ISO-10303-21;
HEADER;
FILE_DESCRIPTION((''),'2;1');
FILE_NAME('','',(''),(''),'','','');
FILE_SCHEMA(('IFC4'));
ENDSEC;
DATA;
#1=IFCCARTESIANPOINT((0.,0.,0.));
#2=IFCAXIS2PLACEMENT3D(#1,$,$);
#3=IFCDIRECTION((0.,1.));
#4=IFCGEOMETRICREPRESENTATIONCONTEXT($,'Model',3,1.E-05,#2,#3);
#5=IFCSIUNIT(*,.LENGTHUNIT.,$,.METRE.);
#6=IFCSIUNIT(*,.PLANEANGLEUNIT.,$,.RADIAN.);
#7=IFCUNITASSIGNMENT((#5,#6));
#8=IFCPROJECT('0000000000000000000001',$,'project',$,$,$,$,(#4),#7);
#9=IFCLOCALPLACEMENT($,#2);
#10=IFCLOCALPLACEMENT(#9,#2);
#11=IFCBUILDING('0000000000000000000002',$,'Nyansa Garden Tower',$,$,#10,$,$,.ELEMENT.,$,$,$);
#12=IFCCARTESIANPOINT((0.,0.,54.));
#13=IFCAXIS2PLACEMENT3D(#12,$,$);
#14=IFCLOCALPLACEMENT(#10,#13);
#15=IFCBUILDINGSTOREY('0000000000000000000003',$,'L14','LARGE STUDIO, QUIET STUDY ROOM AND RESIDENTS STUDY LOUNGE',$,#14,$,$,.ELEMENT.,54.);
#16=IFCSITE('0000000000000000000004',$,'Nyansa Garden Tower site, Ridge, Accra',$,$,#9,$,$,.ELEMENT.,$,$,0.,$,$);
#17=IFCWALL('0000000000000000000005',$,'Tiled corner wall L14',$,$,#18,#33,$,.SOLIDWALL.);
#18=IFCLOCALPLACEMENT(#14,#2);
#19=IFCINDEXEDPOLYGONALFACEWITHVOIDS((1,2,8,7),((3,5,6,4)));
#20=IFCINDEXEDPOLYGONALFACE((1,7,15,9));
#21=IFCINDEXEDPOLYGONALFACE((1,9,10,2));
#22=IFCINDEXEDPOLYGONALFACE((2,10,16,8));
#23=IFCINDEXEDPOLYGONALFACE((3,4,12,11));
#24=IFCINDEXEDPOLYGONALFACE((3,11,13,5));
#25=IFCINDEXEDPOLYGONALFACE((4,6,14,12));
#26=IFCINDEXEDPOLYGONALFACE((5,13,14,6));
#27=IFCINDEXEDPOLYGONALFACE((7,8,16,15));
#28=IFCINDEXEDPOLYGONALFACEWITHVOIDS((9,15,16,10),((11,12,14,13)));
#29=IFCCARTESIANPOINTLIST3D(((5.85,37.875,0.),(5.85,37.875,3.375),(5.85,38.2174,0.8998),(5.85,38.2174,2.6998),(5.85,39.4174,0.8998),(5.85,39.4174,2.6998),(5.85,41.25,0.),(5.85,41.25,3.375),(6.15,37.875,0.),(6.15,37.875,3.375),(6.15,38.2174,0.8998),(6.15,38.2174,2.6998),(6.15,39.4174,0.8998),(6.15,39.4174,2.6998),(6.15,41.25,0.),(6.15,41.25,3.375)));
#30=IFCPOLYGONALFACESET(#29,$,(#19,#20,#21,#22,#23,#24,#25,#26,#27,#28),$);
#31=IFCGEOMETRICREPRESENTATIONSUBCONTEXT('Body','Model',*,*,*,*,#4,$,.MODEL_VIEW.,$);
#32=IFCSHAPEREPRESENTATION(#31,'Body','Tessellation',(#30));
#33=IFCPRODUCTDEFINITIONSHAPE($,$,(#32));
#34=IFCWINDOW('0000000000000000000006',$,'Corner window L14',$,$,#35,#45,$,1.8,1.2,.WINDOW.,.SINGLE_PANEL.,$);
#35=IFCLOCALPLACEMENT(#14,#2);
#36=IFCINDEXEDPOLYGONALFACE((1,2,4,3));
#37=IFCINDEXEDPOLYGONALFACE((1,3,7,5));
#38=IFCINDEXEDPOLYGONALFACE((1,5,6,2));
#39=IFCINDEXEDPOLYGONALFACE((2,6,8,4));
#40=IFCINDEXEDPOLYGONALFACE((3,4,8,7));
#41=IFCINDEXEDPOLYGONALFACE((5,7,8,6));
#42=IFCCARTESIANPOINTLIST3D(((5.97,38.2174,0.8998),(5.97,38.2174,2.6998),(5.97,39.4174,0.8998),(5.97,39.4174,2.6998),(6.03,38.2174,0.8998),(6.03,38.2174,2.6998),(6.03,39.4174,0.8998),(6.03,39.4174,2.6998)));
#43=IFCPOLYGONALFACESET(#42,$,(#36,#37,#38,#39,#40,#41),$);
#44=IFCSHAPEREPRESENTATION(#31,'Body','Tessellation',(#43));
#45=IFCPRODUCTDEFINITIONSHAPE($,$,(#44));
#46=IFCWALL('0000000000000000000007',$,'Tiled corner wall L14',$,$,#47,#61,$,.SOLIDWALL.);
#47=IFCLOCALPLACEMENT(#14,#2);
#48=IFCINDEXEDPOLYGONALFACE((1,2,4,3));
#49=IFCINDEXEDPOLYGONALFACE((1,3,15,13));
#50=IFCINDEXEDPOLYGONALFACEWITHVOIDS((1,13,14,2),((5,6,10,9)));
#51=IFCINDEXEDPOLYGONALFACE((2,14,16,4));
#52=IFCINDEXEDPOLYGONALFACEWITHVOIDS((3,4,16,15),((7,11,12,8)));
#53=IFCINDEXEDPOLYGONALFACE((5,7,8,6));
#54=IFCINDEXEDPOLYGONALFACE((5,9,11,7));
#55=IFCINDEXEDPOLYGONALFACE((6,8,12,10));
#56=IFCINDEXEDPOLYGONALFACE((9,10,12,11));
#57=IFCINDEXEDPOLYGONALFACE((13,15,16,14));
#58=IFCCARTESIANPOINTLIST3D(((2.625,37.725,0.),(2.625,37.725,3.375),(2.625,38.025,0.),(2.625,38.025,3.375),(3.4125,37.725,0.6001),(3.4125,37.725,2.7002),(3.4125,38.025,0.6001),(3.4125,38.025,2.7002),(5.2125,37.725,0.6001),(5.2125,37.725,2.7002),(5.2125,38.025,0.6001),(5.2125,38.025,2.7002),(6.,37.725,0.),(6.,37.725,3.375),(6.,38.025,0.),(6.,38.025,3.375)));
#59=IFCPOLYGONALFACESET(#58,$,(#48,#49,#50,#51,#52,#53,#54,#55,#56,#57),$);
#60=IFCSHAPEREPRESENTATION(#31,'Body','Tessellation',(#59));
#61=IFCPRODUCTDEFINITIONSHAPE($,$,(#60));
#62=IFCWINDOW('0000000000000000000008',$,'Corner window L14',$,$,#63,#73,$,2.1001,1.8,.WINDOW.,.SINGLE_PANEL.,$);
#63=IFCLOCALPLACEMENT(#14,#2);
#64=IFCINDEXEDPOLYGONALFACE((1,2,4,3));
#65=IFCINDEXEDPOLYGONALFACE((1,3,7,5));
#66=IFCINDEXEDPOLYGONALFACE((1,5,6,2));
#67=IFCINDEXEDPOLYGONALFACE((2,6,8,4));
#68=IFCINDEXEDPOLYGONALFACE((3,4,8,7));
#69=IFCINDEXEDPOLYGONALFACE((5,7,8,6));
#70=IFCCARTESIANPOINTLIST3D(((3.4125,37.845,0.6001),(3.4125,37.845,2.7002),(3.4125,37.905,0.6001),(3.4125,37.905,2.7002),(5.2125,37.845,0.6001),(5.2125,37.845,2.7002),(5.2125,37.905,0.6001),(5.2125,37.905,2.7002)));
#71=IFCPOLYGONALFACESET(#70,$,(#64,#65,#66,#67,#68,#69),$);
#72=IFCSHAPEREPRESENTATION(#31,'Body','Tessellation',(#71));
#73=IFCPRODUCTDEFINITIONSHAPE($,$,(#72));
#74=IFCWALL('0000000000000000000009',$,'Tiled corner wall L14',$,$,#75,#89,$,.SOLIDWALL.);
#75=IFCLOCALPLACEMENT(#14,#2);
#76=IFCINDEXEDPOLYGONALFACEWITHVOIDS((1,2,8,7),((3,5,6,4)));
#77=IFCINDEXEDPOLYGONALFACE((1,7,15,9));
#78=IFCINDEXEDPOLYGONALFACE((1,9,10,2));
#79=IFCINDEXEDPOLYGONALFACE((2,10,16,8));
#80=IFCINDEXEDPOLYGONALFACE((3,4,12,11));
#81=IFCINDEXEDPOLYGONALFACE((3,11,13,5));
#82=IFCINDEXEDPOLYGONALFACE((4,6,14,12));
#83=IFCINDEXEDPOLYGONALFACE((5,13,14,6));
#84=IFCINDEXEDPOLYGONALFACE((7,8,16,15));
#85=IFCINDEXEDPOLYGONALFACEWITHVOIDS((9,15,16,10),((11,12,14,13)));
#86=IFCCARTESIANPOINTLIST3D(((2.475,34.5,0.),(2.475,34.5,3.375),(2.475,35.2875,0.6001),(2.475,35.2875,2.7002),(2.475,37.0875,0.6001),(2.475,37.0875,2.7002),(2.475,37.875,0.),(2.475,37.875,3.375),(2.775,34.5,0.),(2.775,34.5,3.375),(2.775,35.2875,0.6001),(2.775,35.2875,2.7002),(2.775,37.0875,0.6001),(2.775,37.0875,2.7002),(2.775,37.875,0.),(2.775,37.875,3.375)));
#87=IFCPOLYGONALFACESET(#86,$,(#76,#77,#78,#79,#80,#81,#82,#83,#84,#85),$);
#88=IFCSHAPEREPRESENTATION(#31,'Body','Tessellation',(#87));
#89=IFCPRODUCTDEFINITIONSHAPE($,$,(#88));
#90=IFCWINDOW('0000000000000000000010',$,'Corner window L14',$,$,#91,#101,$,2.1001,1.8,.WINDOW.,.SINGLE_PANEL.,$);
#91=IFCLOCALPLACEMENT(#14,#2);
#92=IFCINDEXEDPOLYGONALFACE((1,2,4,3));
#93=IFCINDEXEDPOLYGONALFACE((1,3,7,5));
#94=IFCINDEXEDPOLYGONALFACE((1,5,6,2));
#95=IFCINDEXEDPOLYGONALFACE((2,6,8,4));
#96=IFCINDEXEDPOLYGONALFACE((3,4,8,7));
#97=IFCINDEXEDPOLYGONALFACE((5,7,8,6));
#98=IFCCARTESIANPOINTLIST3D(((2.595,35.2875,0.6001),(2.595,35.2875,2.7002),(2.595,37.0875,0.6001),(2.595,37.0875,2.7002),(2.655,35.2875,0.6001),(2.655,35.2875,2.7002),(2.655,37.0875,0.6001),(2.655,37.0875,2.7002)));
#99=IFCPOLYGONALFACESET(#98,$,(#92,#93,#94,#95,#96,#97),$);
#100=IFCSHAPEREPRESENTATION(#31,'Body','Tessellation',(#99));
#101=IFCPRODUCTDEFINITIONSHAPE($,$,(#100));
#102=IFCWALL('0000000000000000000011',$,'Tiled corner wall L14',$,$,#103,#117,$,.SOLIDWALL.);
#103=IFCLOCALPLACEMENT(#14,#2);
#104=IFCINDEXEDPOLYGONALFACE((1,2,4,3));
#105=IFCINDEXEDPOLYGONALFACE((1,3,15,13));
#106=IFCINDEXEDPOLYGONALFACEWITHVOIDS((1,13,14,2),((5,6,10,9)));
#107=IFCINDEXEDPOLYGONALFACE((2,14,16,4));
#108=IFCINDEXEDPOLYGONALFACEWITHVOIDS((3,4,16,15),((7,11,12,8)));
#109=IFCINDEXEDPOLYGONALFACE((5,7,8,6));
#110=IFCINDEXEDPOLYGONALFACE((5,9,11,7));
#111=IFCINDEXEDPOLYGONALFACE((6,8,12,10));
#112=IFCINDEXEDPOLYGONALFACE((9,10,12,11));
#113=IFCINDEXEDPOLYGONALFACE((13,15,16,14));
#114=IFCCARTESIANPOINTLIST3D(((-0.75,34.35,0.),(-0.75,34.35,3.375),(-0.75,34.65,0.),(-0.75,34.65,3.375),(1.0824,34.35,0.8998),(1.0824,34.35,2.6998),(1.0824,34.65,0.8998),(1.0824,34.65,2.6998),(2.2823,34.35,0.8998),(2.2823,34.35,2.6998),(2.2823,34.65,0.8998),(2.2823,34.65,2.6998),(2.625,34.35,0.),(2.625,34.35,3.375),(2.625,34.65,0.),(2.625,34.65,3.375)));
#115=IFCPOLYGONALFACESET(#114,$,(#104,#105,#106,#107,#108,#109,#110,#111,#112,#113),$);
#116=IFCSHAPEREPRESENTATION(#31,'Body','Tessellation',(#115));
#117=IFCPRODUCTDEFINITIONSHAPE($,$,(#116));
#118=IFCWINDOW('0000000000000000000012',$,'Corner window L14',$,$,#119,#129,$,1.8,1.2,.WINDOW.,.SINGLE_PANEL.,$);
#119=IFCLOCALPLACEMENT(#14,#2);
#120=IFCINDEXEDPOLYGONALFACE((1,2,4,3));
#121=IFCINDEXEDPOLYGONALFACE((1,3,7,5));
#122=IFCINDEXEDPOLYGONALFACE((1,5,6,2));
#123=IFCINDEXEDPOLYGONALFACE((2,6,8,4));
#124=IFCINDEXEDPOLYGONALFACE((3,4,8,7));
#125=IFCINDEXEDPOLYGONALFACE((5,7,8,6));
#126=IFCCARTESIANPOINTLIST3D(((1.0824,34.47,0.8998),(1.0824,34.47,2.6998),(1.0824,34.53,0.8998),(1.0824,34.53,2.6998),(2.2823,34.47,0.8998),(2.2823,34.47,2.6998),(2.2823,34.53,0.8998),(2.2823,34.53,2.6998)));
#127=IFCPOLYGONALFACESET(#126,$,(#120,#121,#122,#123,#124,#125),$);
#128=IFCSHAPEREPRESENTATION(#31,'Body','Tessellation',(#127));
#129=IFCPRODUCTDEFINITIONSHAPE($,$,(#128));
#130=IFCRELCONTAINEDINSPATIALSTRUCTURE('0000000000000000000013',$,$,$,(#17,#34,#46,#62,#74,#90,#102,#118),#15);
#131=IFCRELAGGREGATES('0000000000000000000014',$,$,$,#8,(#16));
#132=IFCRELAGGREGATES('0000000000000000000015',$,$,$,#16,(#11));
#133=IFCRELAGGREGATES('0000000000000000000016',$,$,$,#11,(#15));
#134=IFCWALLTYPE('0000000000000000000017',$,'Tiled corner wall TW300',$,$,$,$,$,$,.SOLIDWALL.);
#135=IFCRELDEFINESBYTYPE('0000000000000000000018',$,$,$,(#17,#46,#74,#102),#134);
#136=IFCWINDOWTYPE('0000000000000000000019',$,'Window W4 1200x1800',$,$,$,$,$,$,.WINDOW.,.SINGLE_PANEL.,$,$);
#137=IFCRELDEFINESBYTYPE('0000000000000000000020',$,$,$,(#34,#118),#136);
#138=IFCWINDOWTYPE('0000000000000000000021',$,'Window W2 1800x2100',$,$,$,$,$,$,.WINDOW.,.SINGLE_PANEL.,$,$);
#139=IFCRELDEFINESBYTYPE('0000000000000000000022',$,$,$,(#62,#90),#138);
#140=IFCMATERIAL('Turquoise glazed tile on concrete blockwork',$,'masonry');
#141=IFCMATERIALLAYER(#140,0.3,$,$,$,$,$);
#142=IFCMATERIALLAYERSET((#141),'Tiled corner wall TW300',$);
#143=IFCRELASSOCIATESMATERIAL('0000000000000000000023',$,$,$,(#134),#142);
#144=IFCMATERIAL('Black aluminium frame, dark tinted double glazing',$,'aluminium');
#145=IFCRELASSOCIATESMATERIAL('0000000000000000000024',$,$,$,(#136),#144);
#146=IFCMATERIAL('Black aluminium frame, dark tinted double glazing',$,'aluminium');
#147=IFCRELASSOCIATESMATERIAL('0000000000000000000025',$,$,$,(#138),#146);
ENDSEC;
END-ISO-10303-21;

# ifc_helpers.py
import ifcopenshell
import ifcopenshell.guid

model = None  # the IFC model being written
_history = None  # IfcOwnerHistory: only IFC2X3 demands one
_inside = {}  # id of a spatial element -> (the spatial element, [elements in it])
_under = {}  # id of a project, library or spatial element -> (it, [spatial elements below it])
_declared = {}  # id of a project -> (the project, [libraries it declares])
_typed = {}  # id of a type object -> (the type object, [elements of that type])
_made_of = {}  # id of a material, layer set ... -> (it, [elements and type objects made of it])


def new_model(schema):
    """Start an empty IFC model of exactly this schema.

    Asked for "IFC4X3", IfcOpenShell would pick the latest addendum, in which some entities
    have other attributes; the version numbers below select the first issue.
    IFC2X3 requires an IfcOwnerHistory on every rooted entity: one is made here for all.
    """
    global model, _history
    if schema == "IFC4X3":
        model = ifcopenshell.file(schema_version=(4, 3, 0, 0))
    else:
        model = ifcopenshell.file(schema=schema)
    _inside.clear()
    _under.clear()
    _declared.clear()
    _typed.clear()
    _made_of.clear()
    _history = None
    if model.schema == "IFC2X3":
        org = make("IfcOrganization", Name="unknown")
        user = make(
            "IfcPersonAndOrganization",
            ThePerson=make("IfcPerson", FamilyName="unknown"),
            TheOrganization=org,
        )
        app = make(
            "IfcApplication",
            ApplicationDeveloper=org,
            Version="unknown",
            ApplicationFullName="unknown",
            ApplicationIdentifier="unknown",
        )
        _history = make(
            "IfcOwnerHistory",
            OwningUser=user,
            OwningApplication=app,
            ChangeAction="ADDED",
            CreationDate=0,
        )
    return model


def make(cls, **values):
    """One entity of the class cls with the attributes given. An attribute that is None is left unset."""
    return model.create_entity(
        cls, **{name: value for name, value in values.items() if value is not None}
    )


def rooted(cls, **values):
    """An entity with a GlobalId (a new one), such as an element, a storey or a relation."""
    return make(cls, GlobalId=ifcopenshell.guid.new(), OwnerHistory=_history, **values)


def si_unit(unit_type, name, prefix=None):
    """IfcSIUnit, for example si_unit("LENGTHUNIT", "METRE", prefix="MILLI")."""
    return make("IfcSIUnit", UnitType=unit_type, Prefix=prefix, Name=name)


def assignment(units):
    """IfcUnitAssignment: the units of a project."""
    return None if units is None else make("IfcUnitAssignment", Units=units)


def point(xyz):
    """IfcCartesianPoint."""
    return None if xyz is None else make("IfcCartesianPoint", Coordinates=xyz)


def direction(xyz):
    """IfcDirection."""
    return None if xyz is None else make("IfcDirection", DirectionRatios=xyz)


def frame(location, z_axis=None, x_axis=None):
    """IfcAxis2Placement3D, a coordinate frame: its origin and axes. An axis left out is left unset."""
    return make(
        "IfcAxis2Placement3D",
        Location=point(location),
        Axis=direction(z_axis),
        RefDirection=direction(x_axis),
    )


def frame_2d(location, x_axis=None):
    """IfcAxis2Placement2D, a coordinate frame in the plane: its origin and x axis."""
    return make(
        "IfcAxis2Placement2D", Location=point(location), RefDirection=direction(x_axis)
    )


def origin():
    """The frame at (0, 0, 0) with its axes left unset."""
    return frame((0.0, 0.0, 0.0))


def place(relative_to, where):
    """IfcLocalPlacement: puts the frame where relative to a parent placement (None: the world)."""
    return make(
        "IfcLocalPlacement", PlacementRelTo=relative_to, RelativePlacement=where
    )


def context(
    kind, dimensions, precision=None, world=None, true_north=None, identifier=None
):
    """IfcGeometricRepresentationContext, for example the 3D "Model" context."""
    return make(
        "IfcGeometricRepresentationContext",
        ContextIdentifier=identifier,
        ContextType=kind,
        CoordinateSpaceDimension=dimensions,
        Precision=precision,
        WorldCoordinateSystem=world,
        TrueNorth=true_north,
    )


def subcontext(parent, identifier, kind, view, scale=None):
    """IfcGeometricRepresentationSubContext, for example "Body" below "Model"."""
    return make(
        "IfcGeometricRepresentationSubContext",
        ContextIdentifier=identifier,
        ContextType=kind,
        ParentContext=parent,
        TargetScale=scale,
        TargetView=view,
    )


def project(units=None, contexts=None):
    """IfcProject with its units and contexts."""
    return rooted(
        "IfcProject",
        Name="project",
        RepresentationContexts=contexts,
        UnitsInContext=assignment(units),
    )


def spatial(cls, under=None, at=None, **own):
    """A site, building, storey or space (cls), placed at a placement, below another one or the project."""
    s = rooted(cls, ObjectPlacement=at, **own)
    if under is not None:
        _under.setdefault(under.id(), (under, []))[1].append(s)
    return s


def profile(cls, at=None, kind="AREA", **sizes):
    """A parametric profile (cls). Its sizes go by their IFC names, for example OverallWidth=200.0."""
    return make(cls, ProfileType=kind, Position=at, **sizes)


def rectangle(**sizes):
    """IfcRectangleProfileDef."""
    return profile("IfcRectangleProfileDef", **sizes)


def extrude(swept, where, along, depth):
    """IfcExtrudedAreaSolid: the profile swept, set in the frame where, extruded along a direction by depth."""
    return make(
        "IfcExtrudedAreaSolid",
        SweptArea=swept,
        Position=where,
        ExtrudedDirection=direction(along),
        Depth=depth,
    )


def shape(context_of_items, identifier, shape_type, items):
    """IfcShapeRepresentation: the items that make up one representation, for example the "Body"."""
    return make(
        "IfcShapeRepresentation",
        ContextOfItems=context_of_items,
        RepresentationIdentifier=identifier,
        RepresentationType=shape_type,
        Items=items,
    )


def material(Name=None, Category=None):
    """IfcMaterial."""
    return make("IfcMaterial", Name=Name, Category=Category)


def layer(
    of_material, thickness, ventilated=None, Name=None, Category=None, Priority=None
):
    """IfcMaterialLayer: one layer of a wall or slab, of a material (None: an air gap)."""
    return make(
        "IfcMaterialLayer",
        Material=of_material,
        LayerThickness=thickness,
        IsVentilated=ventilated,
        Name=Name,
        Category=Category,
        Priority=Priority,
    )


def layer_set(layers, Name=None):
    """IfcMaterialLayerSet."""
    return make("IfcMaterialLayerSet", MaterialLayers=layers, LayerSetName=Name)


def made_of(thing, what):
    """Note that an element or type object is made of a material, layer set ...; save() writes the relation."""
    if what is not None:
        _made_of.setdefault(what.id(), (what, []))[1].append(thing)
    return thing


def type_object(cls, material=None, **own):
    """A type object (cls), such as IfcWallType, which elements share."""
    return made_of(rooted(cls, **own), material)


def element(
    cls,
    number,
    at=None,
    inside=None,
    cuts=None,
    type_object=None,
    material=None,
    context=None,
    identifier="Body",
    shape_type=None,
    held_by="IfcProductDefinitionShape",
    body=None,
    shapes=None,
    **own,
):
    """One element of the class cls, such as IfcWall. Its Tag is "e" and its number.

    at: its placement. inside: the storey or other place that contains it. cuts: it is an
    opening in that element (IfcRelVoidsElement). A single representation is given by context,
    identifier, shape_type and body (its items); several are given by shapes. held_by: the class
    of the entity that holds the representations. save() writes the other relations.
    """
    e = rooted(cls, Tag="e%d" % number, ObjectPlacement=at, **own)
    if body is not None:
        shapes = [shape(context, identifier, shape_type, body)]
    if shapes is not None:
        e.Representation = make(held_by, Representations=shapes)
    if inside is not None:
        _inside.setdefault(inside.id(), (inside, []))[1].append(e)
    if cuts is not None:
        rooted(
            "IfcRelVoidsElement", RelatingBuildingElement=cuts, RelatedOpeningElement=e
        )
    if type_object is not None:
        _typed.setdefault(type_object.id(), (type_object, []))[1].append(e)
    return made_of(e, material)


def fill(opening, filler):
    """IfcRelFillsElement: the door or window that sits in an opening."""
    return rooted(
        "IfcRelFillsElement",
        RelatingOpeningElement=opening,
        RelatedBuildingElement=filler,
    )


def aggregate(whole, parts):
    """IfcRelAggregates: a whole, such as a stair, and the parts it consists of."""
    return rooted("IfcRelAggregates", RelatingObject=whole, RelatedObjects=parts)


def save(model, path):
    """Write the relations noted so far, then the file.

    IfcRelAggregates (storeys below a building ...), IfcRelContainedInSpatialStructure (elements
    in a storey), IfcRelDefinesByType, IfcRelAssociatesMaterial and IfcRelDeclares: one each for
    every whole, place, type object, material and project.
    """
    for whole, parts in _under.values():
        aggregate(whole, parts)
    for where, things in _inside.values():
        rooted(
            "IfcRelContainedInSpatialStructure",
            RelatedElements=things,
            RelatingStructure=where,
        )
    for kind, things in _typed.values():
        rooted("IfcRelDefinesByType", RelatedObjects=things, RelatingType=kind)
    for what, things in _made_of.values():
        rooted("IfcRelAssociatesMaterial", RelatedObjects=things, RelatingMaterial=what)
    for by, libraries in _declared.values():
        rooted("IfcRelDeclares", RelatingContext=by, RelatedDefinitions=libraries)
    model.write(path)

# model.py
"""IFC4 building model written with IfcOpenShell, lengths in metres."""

from ifc_helpers import new_model, si_unit, direction, frame, frame_2d, origin, place, context, subcontext, project, spatial, rectangle, extrude, material, layer, layer_set, type_object, element, fill, save


model = new_model("IFC4")

# Units and contexts
model_context = context("Model", 3, precision=1e-05, world=origin(), true_north=direction((0.0, 1.0)))
body_context = subcontext(model_context, "Body", "Model", "MODEL_VIEW")
ifc_project = project(units=[si_unit("LENGTHUNIT", "METRE"), si_unit("PLANEANGLEUNIT", "RADIAN")], contexts=[model_context])

# Site, building, storey
site_placement = place(None, origin())
site = spatial("IfcSite", under=ifc_project, at=site_placement, Name="Nyansa Garden Tower site, Ridge, Accra", CompositionType="ELEMENT", RefElevation=0.0)
building_placement = place(site_placement, origin())
building = spatial("IfcBuilding", under=site, at=building_placement, Name="Nyansa Garden Tower", CompositionType="ELEMENT")
storey_placement = place(building_placement, frame((0.0, 0.0, 54.0)))
storey = spatial("IfcBuildingStorey", under=building, at=storey_placement, Name="L14", Description="LARGE STUDIO, QUIET STUDY ROOM AND RESIDENTS STUDY LOUNGE", CompositionType="ELEMENT", Elevation=54.0)

# Walls, openings, windows
ifc_material_1 = material(Name="Turquoise glazed tile on concrete blockwork", Category="masonry")
ifc_layer_1 = layer(ifc_material_1, 0.3)
ifc_layer_set_1 = layer_set([ifc_layer_1], Name="Tiled corner wall TW300")
wall_type_1 = type_object("IfcWallType", Name="Tiled corner wall TW300", PredefinedType="SOLIDWALL", material=ifc_layer_set_1)
wall_1_placement = place(storey_placement, frame((6.0, 41.25, 0.0), z_axis=(0.0, 0.0, 1.0), x_axis=(0.0, -1.0, 0.0)))
wall_1 = element("IfcWall", 1, at=wall_1_placement, inside=storey, type_object=wall_type_1, Name="Tiled corner wall L14", PredefinedType="SOLIDWALL", context=body_context, shape_type="SweptSolid", body=[
    extrude(rectangle(XDim=3.375, YDim=0.3, at=frame_2d((1.6875, 0.0))), origin(), (0.0, 0.0, 1.0), 3.375),
])
opening_1_placement = place(wall_1_placement, frame((1.8325, 0.0, 0.8999)))
opening_1 = element("IfcOpeningElement", 2, at=opening_1_placement, cuts=wall_1, PredefinedType="OPENING", context=body_context, shape_type="SweptSolid", body=[
    extrude(rectangle(XDim=1.2, YDim=1.8, at=frame_2d((0.6001, 0.8999))), frame((0.0, 0.1599, 0.0), z_axis=(0.0, -1.0, 0.0), x_axis=(1.0, 0.0, 0.0)), (0.0, 0.0, 1.0), 0.3201),
])
ifc_material_2 = material(Name="Black aluminium frame, dark tinted double glazing", Category="aluminium")
window_type_1 = type_object("IfcWindowType", Name="Window W4 1200x1800", PartitioningType="SINGLE_PANEL", PredefinedType="WINDOW", material=ifc_material_2)
window_1_placement = place(opening_1_placement, origin())
window_1 = element("IfcWindow", 3, at=window_1_placement, inside=storey, type_object=window_type_1, Name="Corner window L14", OverallHeight=1.8, OverallWidth=1.2, PartitioningType="SINGLE_PANEL", PredefinedType="WINDOW", context=body_context, shape_type="SweptSolid", body=[
    extrude(rectangle(XDim=1.2, YDim=1.8, at=frame_2d((0.6001, 0.8999))), frame((0.0, 0.03, 0.0), z_axis=(0.0, -1.0, 0.0), x_axis=(1.0, 0.0, 0.0)), (0.0, 0.0, 1.0), 0.0601),
])
fill(opening_1, window_1)
wall_2_placement = place(storey_placement, frame((6.0, 37.875, 0.0), z_axis=(0.0, 0.0, 1.0), x_axis=(-1.0, 0.0, 0.0)))
wall_2 = element("IfcWall", 4, at=wall_2_placement, inside=storey, type_object=wall_type_1, Name="Tiled corner wall L14", PredefinedType="SOLIDWALL", context=body_context, shape_type="SweptSolid", body=[
    extrude(rectangle(XDim=3.375, YDim=0.3, at=frame_2d((1.6875, 0.0))), origin(), (0.0, 0.0, 1.0), 3.375),
])
opening_2_placement = place(wall_2_placement, frame((0.7876, 0.0, 0.6001)))
opening_2 = element("IfcOpeningElement", 5, at=opening_2_placement, cuts=wall_2, PredefinedType="OPENING", context=body_context, shape_type="SweptSolid", body=[
    extrude(rectangle(XDim=1.8, YDim=2.1001, at=frame_2d((0.8999, 1.05))), frame((0.0, 0.1599, 0.0), z_axis=(0.0, -1.0, 0.0), x_axis=(1.0, 0.0, 0.0)), (0.0, 0.0, 1.0), 0.3201),
])
ifc_material_3 = material(Name="Black aluminium frame, dark tinted double glazing", Category="aluminium")
window_type_2 = type_object("IfcWindowType", Name="Window W2 1800x2100", PartitioningType="SINGLE_PANEL", PredefinedType="WINDOW", material=ifc_material_3)
window_2_placement = place(opening_2_placement, origin())
window_2 = element("IfcWindow", 6, at=window_2_placement, inside=storey, type_object=window_type_2, Name="Corner window L14", OverallHeight=2.1001, OverallWidth=1.8, PartitioningType="SINGLE_PANEL", PredefinedType="WINDOW", context=body_context, shape_type="SweptSolid", body=[
    extrude(rectangle(XDim=1.8, YDim=2.1001, at=frame_2d((0.8999, 1.05))), frame((0.0, 0.03, 0.0), z_axis=(0.0, -1.0, 0.0), x_axis=(1.0, 0.0, 0.0)), (0.0, 0.0, 1.0), 0.0601),
])
fill(opening_2, window_2)
wall_3_placement = place(storey_placement, frame((2.625, 37.875, 0.0), z_axis=(0.0, 0.0, 1.0), x_axis=(0.0, -1.0, 0.0)))
wall_3 = element("IfcWall", 7, at=wall_3_placement, inside=storey, type_object=wall_type_1, Name="Tiled corner wall L14", PredefinedType="SOLIDWALL", context=body_context, shape_type="SweptSolid", body=[
    extrude(rectangle(XDim=3.375, YDim=0.3, at=frame_2d((1.6875, 0.0))), origin(), (0.0, 0.0, 1.0), 3.375),
])
opening_3_placement = place(wall_3_placement, frame((0.7876, 0.0, 0.6001)))
opening_3 = element("IfcOpeningElement", 8, at=opening_3_placement, cuts=wall_3, PredefinedType="OPENING", context=body_context, shape_type="SweptSolid", body=[
    extrude(rectangle(XDim=1.8, YDim=2.1001, at=frame_2d((0.8999, 1.05))), frame((0.0, 0.1599, 0.0), z_axis=(0.0, -1.0, 0.0), x_axis=(1.0, 0.0, 0.0)), (0.0, 0.0, 1.0), 0.3201),
])
window_3_placement = place(opening_3_placement, origin())
window_3 = element("IfcWindow", 9, at=window_3_placement, inside=storey, type_object=window_type_2, Name="Corner window L14", OverallHeight=2.1001, OverallWidth=1.8, PartitioningType="SINGLE_PANEL", PredefinedType="WINDOW", context=body_context, shape_type="SweptSolid", body=[
    extrude(rectangle(XDim=1.8, YDim=2.1001, at=frame_2d((0.8999, 1.05))), frame((0.0, 0.03, 0.0), z_axis=(0.0, -1.0, 0.0), x_axis=(1.0, 0.0, 0.0)), (0.0, 0.0, 1.0), 0.0601),
])
fill(opening_3, window_3)
wall_4_placement = place(storey_placement, frame((2.625, 34.5, 0.0), z_axis=(0.0, 0.0, 1.0), x_axis=(-1.0, 0.0, 0.0)))
wall_4 = element("IfcWall", 10, at=wall_4_placement, inside=storey, type_object=wall_type_1, Name="Tiled corner wall L14", PredefinedType="SOLIDWALL", context=body_context, shape_type="SweptSolid", body=[
    extrude(rectangle(XDim=3.375, YDim=0.3, at=frame_2d((1.6875, 0.0))), origin(), (0.0, 0.0, 1.0), 3.375),
])
opening_4_placement = place(wall_4_placement, frame((0.3425, 0.0, 0.8999)))
opening_4 = element("IfcOpeningElement", 11, at=opening_4_placement, cuts=wall_4, PredefinedType="OPENING", context=body_context, shape_type="SweptSolid", body=[
    extrude(rectangle(XDim=1.2, YDim=1.8, at=frame_2d((0.6001, 0.8999))), frame((0.0, 0.1599, 0.0), z_axis=(0.0, -1.0, 0.0), x_axis=(1.0, 0.0, 0.0)), (0.0, 0.0, 1.0), 0.3201),
])
window_4_placement = place(opening_4_placement, origin())
window_4 = element("IfcWindow", 12, at=window_4_placement, inside=storey, type_object=window_type_1, Name="Corner window L14", OverallHeight=1.8, OverallWidth=1.2, PartitioningType="SINGLE_PANEL", PredefinedType="WINDOW", context=body_context, shape_type="SweptSolid", body=[
    extrude(rectangle(XDim=1.2, YDim=1.8, at=frame_2d((0.6001, 0.8999))), frame((0.0, 0.03, 0.0), z_axis=(0.0, -1.0, 0.0), x_axis=(1.0, 0.0, 0.0)), (0.0, 0.0, 1.0), 0.0601),
])
fill(opening_4, window_4)

save(model, "model.ifc")
